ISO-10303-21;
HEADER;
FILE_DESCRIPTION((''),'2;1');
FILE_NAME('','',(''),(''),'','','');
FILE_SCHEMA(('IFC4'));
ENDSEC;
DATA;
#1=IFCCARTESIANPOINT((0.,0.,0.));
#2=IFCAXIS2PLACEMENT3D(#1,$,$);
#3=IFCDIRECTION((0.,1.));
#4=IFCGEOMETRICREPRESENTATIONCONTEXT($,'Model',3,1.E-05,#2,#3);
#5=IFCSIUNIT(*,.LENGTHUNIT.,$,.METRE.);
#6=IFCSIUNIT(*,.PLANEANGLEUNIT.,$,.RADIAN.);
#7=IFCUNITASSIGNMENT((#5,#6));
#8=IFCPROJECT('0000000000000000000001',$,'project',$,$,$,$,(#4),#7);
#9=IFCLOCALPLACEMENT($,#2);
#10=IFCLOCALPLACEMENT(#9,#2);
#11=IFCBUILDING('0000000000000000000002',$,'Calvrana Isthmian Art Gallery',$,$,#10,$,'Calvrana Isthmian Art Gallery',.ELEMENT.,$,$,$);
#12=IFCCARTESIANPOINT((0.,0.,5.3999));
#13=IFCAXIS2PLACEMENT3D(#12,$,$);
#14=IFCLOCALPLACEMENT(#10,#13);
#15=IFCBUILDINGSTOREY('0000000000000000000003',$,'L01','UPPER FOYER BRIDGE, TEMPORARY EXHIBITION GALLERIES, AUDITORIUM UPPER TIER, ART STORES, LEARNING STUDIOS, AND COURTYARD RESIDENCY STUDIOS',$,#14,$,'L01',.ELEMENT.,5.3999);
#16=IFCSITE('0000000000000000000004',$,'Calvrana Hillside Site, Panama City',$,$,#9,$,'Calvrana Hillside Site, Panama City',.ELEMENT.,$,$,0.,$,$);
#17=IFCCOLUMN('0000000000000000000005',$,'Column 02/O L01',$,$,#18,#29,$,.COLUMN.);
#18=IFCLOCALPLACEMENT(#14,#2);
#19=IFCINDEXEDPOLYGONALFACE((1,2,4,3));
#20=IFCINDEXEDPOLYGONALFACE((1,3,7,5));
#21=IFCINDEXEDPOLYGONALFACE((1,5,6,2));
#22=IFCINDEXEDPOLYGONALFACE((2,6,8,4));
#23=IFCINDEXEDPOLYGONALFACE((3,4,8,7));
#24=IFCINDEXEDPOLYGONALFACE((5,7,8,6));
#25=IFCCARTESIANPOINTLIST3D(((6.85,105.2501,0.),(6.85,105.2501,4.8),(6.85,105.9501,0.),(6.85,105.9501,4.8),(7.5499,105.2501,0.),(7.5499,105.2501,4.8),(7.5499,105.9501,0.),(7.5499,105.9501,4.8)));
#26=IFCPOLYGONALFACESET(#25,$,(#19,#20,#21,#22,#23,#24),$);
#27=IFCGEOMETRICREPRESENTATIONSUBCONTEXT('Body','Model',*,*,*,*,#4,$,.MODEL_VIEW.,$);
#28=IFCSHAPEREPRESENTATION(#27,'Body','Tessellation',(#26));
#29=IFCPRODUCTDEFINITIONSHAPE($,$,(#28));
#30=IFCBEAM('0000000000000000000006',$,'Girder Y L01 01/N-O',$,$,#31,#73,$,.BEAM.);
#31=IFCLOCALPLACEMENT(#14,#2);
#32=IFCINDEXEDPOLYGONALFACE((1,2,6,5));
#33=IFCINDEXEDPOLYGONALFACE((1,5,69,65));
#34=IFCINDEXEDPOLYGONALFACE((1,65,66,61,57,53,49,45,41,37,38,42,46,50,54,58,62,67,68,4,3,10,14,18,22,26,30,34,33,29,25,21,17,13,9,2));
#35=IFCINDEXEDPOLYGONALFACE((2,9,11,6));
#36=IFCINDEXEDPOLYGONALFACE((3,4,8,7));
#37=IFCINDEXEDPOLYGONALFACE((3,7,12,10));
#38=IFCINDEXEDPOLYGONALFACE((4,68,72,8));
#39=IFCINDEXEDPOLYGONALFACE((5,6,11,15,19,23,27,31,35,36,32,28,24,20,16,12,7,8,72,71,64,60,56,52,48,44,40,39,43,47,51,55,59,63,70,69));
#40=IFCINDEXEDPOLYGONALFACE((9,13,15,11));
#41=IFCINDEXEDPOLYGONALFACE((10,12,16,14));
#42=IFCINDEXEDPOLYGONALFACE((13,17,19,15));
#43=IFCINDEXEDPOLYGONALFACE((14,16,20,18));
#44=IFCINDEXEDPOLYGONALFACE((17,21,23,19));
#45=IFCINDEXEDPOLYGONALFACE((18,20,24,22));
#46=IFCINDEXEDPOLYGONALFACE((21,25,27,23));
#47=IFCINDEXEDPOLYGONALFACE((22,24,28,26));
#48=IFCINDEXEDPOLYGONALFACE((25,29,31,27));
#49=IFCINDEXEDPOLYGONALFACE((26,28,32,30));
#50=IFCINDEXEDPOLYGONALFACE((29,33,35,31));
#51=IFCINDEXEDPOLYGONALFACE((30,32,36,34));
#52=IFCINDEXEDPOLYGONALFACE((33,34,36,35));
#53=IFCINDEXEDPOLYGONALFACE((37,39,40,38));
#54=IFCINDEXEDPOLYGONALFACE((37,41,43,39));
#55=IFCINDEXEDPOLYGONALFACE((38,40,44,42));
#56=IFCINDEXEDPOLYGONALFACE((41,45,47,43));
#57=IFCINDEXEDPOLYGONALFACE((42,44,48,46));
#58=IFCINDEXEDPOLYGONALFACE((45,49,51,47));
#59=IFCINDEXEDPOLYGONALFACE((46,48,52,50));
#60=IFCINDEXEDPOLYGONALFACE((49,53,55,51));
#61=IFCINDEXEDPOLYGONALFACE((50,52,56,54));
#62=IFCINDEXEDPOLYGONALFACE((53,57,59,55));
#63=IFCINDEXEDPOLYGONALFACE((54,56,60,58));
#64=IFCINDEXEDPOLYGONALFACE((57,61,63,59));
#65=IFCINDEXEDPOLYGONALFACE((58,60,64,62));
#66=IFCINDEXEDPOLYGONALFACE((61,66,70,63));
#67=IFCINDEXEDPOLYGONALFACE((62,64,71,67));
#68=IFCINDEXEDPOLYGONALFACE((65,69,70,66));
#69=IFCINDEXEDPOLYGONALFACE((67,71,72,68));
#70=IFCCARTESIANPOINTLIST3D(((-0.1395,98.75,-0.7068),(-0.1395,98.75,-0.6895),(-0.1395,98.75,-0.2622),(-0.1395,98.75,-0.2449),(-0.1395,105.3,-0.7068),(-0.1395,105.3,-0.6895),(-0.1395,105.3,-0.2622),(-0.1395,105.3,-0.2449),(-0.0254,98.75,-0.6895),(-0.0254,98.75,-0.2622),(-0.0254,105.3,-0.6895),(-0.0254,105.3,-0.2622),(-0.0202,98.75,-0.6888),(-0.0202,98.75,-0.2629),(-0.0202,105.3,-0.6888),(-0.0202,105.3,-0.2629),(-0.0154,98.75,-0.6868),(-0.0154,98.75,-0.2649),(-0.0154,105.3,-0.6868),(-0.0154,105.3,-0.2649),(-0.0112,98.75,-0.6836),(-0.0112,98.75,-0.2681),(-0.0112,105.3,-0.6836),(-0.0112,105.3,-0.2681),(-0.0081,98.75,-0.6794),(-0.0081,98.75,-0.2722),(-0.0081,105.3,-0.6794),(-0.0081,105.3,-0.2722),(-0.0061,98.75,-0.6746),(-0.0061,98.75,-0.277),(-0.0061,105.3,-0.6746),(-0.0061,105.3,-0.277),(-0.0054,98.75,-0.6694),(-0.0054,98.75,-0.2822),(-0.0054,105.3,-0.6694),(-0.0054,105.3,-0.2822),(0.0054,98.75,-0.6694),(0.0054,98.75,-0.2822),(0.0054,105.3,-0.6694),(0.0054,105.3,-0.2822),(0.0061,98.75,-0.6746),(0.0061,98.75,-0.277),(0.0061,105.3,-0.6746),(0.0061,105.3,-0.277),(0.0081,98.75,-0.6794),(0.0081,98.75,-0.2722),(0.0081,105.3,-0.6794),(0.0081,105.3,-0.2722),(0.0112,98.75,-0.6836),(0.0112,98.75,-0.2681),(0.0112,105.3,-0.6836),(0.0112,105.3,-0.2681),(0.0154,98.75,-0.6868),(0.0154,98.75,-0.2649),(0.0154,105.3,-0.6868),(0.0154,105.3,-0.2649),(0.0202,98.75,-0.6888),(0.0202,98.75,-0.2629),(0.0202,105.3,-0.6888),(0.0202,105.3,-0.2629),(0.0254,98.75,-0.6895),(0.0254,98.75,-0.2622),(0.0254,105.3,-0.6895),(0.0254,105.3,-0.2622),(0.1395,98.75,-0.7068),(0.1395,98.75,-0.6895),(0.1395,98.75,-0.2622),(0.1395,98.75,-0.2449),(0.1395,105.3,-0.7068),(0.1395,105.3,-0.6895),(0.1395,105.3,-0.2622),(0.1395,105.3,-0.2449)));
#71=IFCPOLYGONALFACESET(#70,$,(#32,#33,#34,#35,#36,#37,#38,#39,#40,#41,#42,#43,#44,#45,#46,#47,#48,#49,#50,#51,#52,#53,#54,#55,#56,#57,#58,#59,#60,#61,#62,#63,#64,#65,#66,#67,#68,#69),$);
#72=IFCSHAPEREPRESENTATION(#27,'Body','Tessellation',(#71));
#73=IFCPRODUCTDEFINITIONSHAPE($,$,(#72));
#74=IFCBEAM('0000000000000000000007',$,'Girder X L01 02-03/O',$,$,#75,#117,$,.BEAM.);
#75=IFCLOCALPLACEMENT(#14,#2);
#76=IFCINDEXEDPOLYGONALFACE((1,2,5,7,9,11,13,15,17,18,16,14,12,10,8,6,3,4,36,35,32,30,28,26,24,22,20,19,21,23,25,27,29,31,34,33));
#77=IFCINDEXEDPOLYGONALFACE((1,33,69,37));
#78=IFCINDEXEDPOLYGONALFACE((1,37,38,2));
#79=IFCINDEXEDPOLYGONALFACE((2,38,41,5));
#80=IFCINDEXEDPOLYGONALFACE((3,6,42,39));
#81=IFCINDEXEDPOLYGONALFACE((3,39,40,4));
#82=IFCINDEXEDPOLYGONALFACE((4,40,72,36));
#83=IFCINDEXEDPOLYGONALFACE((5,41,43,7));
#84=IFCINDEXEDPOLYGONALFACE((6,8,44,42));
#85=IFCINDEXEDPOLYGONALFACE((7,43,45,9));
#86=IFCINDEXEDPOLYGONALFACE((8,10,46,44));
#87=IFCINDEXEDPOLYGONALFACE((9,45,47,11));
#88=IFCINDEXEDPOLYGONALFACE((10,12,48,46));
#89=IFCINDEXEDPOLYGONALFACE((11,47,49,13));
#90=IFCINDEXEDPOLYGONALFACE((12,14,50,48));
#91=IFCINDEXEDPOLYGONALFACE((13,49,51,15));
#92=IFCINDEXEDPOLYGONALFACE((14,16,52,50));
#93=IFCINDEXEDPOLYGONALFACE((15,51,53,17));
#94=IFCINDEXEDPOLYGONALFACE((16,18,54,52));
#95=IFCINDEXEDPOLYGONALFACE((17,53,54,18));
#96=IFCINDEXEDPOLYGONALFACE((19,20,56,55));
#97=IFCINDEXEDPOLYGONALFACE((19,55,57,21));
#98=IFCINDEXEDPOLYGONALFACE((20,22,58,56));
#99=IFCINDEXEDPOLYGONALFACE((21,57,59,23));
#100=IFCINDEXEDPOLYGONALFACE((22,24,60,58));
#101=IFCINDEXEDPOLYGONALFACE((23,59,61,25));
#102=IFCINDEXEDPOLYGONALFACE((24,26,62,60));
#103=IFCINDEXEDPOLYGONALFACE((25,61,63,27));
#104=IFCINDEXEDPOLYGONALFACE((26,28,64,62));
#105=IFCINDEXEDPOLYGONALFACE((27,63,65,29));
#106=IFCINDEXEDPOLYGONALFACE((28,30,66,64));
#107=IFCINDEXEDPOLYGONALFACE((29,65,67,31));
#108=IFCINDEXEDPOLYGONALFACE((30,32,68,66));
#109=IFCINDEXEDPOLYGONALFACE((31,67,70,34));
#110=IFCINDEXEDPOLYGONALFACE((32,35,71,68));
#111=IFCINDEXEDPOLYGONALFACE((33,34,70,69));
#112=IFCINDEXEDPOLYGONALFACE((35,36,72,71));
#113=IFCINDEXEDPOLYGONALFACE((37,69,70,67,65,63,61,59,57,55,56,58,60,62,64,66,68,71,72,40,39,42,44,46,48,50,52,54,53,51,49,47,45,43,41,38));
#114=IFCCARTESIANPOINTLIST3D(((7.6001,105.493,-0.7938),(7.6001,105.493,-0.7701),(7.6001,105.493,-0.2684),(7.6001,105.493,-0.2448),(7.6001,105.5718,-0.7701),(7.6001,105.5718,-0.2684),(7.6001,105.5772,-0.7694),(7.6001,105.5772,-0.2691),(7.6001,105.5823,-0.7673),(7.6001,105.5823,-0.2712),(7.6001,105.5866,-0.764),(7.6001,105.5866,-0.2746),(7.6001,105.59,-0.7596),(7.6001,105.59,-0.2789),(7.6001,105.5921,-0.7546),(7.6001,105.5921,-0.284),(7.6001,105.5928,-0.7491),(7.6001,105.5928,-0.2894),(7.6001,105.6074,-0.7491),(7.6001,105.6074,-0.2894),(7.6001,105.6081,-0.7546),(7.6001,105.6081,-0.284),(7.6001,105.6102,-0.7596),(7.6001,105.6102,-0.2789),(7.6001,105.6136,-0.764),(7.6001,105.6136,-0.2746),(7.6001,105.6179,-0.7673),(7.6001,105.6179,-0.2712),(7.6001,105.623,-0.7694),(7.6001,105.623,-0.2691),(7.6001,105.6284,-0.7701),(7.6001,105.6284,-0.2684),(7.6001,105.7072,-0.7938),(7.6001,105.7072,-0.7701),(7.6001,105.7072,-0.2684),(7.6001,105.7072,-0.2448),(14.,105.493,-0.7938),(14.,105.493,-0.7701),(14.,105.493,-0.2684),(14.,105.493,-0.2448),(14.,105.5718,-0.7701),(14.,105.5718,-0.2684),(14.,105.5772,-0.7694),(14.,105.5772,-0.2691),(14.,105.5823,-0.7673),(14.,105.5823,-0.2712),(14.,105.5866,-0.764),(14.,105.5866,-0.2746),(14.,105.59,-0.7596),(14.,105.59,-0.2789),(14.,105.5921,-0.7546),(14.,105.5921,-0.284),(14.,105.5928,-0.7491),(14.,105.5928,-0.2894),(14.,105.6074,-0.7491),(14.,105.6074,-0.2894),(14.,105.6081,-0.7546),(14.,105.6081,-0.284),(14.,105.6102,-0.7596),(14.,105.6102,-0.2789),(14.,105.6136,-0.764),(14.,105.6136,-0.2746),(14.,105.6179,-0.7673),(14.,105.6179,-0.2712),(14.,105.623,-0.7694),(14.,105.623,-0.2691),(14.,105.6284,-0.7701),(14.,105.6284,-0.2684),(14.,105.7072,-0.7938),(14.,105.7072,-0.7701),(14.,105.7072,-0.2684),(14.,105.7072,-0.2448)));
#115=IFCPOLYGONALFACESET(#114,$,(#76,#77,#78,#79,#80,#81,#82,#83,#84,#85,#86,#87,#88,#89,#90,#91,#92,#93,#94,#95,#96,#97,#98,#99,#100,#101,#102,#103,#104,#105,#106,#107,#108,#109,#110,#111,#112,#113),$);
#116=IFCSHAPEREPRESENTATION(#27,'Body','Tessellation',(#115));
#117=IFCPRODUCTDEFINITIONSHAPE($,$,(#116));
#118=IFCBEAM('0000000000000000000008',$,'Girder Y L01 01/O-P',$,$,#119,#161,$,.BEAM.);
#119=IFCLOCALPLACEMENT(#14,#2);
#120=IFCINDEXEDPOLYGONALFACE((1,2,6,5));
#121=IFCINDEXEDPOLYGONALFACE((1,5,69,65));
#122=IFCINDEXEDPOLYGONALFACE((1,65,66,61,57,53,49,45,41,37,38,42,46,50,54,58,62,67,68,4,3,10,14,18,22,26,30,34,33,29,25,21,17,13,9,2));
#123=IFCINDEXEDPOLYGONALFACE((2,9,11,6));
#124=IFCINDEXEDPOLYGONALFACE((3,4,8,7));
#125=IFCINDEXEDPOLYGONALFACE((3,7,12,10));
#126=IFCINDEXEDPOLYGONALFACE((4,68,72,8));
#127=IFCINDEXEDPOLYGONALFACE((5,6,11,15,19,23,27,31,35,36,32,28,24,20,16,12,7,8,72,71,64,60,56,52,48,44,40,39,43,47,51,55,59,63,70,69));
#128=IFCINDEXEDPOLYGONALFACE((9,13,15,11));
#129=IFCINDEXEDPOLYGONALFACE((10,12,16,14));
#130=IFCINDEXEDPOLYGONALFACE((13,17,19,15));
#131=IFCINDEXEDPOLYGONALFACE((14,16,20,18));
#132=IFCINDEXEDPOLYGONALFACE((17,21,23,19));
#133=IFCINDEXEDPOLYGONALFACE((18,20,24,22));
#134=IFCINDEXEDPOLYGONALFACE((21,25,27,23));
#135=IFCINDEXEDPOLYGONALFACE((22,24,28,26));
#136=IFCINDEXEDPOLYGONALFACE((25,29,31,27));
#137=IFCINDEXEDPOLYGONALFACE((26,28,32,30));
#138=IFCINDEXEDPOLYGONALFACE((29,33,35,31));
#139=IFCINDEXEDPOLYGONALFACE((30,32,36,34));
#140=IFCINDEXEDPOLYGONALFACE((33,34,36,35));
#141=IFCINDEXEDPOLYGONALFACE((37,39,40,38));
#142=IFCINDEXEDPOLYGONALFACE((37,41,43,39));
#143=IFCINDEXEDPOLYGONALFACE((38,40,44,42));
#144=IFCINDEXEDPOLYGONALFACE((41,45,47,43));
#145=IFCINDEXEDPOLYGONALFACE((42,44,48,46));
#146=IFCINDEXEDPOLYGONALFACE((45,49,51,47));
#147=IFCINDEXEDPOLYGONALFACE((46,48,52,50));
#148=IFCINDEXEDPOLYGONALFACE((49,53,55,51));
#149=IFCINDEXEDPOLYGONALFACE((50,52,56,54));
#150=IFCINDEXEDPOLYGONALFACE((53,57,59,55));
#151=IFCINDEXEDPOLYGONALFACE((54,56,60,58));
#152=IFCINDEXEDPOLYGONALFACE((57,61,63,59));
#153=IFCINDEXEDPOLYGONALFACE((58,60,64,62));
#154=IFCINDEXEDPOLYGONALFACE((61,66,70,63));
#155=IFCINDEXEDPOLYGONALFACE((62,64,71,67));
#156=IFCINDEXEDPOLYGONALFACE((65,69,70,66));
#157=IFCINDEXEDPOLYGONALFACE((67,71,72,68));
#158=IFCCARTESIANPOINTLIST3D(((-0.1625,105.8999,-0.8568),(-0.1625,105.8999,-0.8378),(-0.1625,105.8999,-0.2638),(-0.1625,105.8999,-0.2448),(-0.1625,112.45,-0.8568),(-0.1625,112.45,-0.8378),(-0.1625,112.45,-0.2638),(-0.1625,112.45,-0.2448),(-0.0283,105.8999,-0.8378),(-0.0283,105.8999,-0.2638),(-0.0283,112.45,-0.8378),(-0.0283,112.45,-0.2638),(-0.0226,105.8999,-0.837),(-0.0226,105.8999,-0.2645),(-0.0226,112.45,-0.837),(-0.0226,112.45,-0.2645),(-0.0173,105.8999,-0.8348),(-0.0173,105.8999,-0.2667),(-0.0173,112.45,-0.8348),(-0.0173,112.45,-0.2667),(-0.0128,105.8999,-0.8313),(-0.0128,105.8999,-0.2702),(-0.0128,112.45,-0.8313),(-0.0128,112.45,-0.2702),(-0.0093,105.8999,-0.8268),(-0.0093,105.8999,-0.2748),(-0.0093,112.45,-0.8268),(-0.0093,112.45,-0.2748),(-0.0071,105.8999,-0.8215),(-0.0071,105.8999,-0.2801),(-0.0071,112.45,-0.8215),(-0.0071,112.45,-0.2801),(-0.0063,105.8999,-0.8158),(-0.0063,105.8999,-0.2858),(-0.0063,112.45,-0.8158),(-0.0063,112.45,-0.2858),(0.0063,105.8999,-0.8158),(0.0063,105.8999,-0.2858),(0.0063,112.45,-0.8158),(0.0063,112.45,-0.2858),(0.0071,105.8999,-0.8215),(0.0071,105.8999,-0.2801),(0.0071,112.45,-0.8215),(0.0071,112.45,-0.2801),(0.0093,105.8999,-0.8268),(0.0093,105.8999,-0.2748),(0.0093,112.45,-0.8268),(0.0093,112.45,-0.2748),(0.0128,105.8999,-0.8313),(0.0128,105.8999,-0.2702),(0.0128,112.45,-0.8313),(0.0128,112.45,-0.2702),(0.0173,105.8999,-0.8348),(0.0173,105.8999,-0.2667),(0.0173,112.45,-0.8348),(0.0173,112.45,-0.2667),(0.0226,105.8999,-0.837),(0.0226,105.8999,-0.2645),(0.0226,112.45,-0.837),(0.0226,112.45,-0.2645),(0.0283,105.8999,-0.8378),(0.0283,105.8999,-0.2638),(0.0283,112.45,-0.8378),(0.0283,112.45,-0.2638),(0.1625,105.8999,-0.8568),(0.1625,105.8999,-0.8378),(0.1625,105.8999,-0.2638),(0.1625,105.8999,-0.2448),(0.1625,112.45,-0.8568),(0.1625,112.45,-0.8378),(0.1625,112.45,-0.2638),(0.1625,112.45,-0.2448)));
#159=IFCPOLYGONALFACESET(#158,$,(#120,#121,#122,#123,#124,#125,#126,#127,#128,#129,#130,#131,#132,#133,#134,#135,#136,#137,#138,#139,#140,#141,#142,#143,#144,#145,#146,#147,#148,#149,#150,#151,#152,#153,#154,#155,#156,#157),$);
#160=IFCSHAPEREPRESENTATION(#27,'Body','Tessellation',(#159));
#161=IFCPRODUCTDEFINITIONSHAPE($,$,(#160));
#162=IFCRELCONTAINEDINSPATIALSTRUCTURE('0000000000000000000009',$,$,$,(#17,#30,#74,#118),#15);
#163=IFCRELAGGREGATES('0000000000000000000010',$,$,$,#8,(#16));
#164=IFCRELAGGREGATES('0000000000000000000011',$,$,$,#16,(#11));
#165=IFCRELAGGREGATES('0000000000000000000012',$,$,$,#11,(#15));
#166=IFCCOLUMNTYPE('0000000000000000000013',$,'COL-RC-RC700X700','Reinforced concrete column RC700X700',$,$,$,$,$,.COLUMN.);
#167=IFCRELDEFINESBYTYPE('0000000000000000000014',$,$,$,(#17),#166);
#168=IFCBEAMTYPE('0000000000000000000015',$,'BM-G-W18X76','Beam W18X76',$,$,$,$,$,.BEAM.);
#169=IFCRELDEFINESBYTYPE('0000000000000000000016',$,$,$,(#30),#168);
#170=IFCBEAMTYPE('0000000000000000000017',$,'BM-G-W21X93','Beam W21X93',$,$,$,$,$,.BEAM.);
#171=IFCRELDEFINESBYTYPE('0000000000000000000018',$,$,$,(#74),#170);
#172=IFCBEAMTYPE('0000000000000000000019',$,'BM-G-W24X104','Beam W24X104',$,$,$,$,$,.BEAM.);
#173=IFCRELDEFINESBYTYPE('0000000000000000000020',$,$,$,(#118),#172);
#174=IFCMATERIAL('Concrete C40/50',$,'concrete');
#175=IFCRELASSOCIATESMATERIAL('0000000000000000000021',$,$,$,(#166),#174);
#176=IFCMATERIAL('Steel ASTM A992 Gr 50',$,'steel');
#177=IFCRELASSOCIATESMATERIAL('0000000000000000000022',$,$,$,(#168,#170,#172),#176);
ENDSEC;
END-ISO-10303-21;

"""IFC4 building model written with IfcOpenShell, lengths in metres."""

from ifc_helpers import new_model, si_unit, direction, frame, origin, origin_2d, place, context, subcontext, project, spatial, rectangle, i_section, extrude, material, material_profile, profile_set, type_object, element, save


model = new_model("IFC4")

# Units and contexts
model_context = context("Model", 3, precision=1e-05, world=origin(), true_north=direction((0.0, 1.0)))
body_context = subcontext(model_context, "Body", "Model", "MODEL_VIEW")
ifc_project = project(units=[si_unit("LENGTHUNIT", "METRE"), si_unit("PLANEANGLEUNIT", "RADIAN")], contexts=[model_context])

# Site, building, storey
site_placement = place(None, origin())
site = spatial("IfcSite", under=ifc_project, at=site_placement, Name="Calvrana Hillside Site, Panama City", LongName="Calvrana Hillside Site, Panama City", CompositionType="ELEMENT", RefElevation=0.0)
building_placement = place(site_placement, origin())
building = spatial("IfcBuilding", under=site, at=building_placement, Name="Calvrana Isthmian Art Gallery", LongName="Calvrana Isthmian Art Gallery", CompositionType="ELEMENT")
storey_placement = place(building_placement, frame((0.0, 0.0, 5.3999)))
storey = spatial("IfcBuildingStorey", under=building, at=storey_placement, Name="L01", Description="UPPER FOYER BRIDGE, TEMPORARY EXHIBITION GALLERIES, AUDITORIUM UPPER TIER, ART STORES, LEARNING STUDIOS, AND COURTYARD RESIDENCY STUDIOS", LongName="L01", CompositionType="ELEMENT", Elevation=5.3999)

# Column
ifc_material_1 = material(Name="Concrete C40/50", Category="concrete")
ifc_material_profile_1 = material_profile(ifc_material_1, rectangle(XDim=0.7, YDim=0.7, at=origin_2d()), Name="RC700X700")
ifc_profile_set_1 = profile_set([ifc_material_profile_1], Name="Concrete C40/50")
column_type = type_object("IfcColumnType", Name="COL-RC-RC700X700", Description="Reinforced concrete column RC700X700", PredefinedType="COLUMN", material=ifc_profile_set_1)
column_placement = place(storey_placement, frame((7.2, 105.6001, 0.0), z_axis=(0.0, 0.0, 1.0), x_axis=(1.0, 0.0, 0.0)))
element("IfcColumn", 1, at=column_placement, inside=storey, type_object=column_type, Name="Column 02/O L01", PredefinedType="COLUMN", context=body_context, shape_type="SweptSolid", body=[
    extrude(rectangle(XDim=0.7, YDim=0.7, at=origin_2d()), origin(), (0.0, 0.0, 1.0), 4.8),
])

# Beams
ifc_material_2 = material(Name="Steel ASTM A992 Gr 50", Category="steel")
ifc_material_profile_2 = material_profile(ifc_material_2, i_section(OverallWidth=0.2791, OverallDepth=0.4619, WebThickness=0.0107, FlangeThickness=0.0173, FilletRadius=0.02, at=origin_2d()), Name="W18X76")
ifc_profile_set_2 = profile_set([ifc_material_profile_2], Name="Steel ASTM A992 Gr 50")
beam_type_1 = type_object("IfcBeamType", Name="BM-G-W18X76", Description="Beam W18X76", PredefinedType="BEAM", material=ifc_profile_set_2)
beam_1_placement = place(storey_placement, frame((0.0, 98.75, -0.4758), z_axis=(0.0, 1.0, 0.0), x_axis=(-1.0, 0.0, 0.0)))
element("IfcBeam", 2, at=beam_1_placement, inside=storey, type_object=beam_type_1, Name="Girder Y L01 01/N-O", PredefinedType="BEAM", context=body_context, shape_type="SweptSolid", body=[
    extrude(i_section(OverallWidth=0.2791, OverallDepth=0.4619, WebThickness=0.0107, FlangeThickness=0.0173, FilletRadius=0.02, at=origin_2d()), origin(), (0.0, 0.0, 1.0), 6.55),
])
ifc_material_profile_3 = material_profile(ifc_material_2, i_section(OverallWidth=0.2141, OverallDepth=0.5491, WebThickness=0.0146, FlangeThickness=0.0237, FilletRadius=0.021, at=origin_2d()), Name="W21X93")
ifc_profile_set_3 = profile_set([ifc_material_profile_3], Name="Steel ASTM A992 Gr 50")
beam_type_2 = type_object("IfcBeamType", Name="BM-G-W21X93", Description="Beam W21X93", PredefinedType="BEAM", material=ifc_profile_set_3)
beam_2_placement = place(storey_placement, frame((7.6001, 105.6001, -0.5193), z_axis=(1.0, 0.0, 0.0), x_axis=(0.0, 1.0, 0.0)))
element("IfcBeam", 3, at=beam_2_placement, inside=storey, type_object=beam_type_2, Name="Girder X L01 02-03/O", PredefinedType="BEAM", context=body_context, shape_type="SweptSolid", body=[
    extrude(i_section(OverallWidth=0.2141, OverallDepth=0.5491, WebThickness=0.0146, FlangeThickness=0.0237, FilletRadius=0.021, at=origin_2d()), origin(), (0.0, 0.0, 1.0), 6.3999),
])
ifc_material_profile_4 = material_profile(ifc_material_2, i_section(OverallWidth=0.325, OverallDepth=0.6121, WebThickness=0.0127, FlangeThickness=0.019, FilletRadius=0.022, at=origin_2d()), Name="W24X104")
ifc_profile_set_4 = profile_set([ifc_material_profile_4], Name="Steel ASTM A992 Gr 50")
beam_type_3 = type_object("IfcBeamType", Name="BM-G-W24X104", Description="Beam W24X104", PredefinedType="BEAM", material=ifc_profile_set_4)
beam_3_placement = place(storey_placement, frame((0.0, 105.8999, -0.5508), z_axis=(0.0, 1.0, 0.0), x_axis=(-1.0, 0.0, 0.0)))
element("IfcBeam", 4, at=beam_3_placement, inside=storey, type_object=beam_type_3, Name="Girder Y L01 01/O-P", PredefinedType="BEAM", context=body_context, shape_type="SweptSolid", body=[
    extrude(i_section(OverallWidth=0.325, OverallDepth=0.6121, WebThickness=0.0127, FlangeThickness=0.019, FilletRadius=0.022, at=origin_2d()), origin(), (0.0, 0.0, 1.0), 6.55),
])

save(model, "model.ifc")
